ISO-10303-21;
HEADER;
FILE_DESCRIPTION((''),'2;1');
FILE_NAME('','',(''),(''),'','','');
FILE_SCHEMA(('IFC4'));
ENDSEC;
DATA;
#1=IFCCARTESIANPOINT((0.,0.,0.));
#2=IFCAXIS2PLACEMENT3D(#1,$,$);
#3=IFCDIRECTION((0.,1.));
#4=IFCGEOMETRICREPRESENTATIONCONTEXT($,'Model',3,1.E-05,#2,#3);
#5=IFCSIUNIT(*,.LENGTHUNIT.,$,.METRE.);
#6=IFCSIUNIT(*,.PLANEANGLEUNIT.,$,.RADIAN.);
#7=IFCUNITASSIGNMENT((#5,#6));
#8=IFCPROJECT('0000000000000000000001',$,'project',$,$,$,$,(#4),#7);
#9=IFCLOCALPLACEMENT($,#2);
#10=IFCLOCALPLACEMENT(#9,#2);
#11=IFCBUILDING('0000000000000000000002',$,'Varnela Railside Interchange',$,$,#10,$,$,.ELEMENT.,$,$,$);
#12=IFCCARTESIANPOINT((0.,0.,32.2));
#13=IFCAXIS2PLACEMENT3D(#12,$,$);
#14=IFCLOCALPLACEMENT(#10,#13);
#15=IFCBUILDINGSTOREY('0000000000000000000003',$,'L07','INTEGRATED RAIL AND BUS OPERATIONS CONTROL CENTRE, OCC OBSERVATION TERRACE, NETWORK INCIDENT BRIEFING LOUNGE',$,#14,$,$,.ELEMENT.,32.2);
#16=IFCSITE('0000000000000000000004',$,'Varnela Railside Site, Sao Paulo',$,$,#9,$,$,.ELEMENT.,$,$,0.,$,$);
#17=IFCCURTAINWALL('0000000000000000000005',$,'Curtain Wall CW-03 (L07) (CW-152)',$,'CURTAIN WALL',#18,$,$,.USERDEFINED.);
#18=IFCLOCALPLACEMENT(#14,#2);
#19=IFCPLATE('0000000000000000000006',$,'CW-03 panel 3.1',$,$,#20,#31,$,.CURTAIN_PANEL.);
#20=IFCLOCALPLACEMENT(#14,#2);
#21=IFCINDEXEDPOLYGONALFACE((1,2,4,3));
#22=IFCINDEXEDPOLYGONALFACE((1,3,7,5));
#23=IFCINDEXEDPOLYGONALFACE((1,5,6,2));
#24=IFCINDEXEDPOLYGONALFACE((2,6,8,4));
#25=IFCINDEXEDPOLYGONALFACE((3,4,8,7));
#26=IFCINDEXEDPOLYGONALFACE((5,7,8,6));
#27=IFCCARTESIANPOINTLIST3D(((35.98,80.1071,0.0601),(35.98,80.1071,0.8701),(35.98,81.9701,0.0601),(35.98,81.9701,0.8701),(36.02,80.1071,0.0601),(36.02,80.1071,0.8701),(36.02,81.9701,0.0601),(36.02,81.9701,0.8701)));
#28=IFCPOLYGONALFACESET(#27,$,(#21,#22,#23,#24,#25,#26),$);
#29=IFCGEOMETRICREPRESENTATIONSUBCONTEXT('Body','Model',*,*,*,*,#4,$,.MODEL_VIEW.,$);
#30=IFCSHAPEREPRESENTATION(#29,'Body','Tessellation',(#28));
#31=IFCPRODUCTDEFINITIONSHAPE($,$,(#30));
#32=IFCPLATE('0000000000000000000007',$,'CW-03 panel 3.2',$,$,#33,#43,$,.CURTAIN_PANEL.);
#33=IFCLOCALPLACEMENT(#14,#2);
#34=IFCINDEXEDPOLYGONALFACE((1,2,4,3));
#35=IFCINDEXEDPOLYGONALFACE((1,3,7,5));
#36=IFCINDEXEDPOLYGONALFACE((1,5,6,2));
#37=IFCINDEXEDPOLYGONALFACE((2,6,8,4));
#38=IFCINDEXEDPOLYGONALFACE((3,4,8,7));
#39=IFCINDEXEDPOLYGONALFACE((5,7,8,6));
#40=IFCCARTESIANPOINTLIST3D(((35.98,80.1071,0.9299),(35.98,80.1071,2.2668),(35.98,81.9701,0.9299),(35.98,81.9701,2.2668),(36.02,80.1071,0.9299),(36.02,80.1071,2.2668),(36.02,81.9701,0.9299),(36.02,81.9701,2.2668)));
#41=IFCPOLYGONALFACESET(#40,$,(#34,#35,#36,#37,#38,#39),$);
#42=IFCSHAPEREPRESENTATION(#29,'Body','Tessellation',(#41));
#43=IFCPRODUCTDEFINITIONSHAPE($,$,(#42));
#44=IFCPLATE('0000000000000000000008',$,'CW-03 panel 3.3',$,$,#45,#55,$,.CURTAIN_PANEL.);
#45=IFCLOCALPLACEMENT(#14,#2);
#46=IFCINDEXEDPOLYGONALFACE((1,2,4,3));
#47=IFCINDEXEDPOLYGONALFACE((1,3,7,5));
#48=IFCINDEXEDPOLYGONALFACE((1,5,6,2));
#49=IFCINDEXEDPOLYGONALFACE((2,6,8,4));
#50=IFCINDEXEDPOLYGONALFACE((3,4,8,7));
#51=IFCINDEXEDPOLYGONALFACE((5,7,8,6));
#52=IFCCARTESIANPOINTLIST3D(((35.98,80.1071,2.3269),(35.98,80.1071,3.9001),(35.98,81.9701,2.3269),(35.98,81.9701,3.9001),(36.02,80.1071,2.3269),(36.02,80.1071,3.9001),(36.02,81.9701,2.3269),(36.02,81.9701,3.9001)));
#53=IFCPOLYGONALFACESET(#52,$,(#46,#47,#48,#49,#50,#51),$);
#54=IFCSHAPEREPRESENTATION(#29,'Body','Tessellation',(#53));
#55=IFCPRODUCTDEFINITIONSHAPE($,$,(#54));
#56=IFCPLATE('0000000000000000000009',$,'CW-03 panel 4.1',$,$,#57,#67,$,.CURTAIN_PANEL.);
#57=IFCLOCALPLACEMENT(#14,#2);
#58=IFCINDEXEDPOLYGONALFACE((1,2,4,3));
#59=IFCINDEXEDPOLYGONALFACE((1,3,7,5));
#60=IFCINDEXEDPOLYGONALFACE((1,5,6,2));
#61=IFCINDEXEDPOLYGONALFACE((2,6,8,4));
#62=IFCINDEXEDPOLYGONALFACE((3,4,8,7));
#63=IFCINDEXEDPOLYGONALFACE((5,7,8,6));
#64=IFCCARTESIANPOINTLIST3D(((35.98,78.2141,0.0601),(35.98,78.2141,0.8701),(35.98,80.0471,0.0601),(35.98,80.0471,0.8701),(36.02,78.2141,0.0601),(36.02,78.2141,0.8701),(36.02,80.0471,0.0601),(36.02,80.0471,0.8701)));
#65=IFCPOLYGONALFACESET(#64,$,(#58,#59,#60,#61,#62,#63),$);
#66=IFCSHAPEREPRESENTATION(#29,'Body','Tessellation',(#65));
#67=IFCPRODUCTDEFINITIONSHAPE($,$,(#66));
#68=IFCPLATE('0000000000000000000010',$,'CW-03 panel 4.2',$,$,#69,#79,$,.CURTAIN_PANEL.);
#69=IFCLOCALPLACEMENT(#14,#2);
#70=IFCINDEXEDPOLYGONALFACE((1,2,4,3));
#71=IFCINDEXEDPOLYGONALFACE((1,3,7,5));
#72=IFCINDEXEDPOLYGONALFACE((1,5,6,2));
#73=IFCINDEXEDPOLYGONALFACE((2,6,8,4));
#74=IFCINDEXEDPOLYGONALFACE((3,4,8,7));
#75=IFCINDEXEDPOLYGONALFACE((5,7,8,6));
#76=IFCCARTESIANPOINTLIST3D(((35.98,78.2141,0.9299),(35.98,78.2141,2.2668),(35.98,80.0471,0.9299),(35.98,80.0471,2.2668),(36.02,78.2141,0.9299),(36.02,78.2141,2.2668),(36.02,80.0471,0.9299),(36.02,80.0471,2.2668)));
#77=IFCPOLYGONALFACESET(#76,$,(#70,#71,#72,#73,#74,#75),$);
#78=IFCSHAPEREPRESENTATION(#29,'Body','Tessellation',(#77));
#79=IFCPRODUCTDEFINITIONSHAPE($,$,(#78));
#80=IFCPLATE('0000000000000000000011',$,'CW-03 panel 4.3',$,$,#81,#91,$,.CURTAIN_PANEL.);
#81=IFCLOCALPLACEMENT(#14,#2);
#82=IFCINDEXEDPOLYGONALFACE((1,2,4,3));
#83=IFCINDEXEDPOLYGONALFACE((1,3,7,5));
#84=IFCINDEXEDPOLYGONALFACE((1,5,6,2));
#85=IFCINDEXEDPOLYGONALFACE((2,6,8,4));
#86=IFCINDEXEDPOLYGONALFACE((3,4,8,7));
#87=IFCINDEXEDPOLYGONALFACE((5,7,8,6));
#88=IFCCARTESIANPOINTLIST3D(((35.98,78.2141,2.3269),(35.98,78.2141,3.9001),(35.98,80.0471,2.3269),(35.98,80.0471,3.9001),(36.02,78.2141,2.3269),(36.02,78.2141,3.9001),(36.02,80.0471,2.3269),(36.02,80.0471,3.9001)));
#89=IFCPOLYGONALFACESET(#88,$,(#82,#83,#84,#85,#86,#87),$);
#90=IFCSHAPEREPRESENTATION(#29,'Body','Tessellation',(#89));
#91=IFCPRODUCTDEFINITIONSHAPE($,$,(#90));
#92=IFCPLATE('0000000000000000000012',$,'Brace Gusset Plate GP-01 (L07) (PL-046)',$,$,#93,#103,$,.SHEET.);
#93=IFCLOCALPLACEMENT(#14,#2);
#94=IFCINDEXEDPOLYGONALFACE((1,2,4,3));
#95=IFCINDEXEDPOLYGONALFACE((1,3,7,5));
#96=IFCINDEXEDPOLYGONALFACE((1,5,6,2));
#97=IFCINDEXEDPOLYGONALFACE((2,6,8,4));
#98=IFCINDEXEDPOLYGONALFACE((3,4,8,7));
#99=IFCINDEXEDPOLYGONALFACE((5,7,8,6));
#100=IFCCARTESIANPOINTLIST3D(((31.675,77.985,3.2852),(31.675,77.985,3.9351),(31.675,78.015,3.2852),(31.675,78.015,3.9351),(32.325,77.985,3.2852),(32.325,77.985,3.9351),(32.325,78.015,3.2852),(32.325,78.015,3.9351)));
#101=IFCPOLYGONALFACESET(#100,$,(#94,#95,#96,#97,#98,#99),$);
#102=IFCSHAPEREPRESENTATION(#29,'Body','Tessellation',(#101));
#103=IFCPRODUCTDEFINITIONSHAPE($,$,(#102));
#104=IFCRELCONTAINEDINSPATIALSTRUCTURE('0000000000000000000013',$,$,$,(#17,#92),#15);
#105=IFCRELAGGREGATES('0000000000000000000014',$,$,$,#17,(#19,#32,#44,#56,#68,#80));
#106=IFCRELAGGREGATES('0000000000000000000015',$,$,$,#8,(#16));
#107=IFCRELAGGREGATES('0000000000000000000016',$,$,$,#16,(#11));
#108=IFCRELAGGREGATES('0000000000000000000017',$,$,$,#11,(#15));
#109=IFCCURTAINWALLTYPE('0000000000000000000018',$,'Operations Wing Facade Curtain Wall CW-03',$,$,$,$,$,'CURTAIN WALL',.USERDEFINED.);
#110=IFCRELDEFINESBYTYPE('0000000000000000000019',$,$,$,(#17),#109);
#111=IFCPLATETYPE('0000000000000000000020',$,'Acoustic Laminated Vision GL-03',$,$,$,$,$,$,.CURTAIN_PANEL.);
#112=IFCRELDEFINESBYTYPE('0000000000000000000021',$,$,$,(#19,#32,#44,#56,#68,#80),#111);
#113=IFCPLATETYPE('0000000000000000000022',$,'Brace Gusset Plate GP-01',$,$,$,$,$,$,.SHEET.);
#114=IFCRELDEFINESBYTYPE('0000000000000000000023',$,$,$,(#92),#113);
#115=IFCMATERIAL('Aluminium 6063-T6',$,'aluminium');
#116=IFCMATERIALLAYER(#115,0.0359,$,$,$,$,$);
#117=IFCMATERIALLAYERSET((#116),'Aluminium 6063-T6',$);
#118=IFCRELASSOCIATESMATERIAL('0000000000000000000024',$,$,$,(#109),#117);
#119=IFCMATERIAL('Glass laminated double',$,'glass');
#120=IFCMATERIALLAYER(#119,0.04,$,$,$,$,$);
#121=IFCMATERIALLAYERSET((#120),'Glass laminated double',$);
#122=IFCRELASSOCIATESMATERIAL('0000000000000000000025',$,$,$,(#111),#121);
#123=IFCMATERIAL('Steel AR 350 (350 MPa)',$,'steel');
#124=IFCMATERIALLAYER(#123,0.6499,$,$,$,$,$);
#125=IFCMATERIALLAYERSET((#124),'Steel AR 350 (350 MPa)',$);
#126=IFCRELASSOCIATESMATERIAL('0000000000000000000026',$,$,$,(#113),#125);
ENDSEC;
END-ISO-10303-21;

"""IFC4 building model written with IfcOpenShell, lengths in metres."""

from ifc_helpers import new_model, si_unit, direction, frame, origin, origin_2d, place, context, subcontext, project, spatial, rectangle, extrude, material, layer, layer_set, type_object, element, aggregate, save


model = new_model("IFC4")

# Units and contexts
model_context = context("Model", 3, precision=1e-05, world=origin(), true_north=direction((0.0, 1.0)))
body_context = subcontext(model_context, "Body", "Model", "MODEL_VIEW")
ifc_project = project(units=[si_unit("LENGTHUNIT", "METRE"), si_unit("PLANEANGLEUNIT", "RADIAN")], contexts=[model_context])

# Site, building, storey
site_placement = place(None, origin())
site = spatial("IfcSite", under=ifc_project, at=site_placement, Name="Varnela Railside Site, Sao Paulo", CompositionType="ELEMENT", RefElevation=0.0)
building_placement = place(site_placement, origin())
building = spatial("IfcBuilding", under=site, at=building_placement, Name="Varnela Railside Interchange", CompositionType="ELEMENT")
storey_placement = place(building_placement, frame((0.0, 0.0, 32.2)))
storey = spatial("IfcBuildingStorey", under=building, at=storey_placement, Name="L07", Description="INTEGRATED RAIL AND BUS OPERATIONS CONTROL CENTRE, OCC OBSERVATION TERRACE, NETWORK INCIDENT BRIEFING LOUNGE", CompositionType="ELEMENT", Elevation=32.2)

# Curtain wall
ifc_material_1 = material(Name="Aluminium 6063-T6", Category="aluminium")
ifc_layer_1 = layer(ifc_material_1, 0.0359)
ifc_layer_set_1 = layer_set([ifc_layer_1], Name="Aluminium 6063-T6")
curtain_wall_type = type_object("IfcCurtainWallType", Name="Operations Wing Facade Curtain Wall CW-03", ElementType="CURTAIN WALL", PredefinedType="USERDEFINED", material=ifc_layer_set_1)
curtain_wall_placement = place(storey_placement, origin())
curtain_wall = element("IfcCurtainWall", 1, at=curtain_wall_placement, inside=storey, type_object=curtain_wall_type, Name="Curtain Wall CW-03 (L07) (CW-152)", ObjectType="CURTAIN WALL", PredefinedType="USERDEFINED")

# Shared definitions
ifc_material_2 = material(Name="Steel AR 350 (350 MPa)", Category="steel")

# Plates
ifc_material_3 = material(Name="Glass laminated double", Category="glass")
ifc_layer_2 = layer(ifc_material_3, 0.04)
ifc_layer_set_2 = layer_set([ifc_layer_2], Name="Glass laminated double")
plate_type_1 = type_object("IfcPlateType", Name="Acoustic Laminated Vision GL-03", PredefinedType="CURTAIN_PANEL", material=ifc_layer_set_2)
plate_1_placement = place(storey_placement, frame((36.0, 81.0386, 0.0601), z_axis=(0.0, 0.0, 1.0), x_axis=(0.0, -1.0, 0.0)))
plate_1 = element("IfcPlate", 2, at=plate_1_placement, type_object=plate_type_1, Name="CW-03 panel 3.1", PredefinedType="CURTAIN_PANEL", context=body_context, shape_type="SweptSolid", body=[
    extrude(rectangle(XDim=1.863, YDim=0.04, at=origin_2d()), origin(), (0.0, 0.0, 1.0), 0.8101),
])
plate_2_placement = place(storey_placement, frame((36.0, 81.0386, 0.9299), z_axis=(0.0, 0.0, 1.0), x_axis=(0.0, -1.0, 0.0)))
plate_2 = element("IfcPlate", 3, at=plate_2_placement, type_object=plate_type_1, Name="CW-03 panel 3.2", PredefinedType="CURTAIN_PANEL", context=body_context, shape_type="SweptSolid", body=[
    extrude(rectangle(XDim=1.863, YDim=0.04, at=origin_2d()), origin(), (0.0, 0.0, 1.0), 1.3369),
])
plate_3_placement = place(storey_placement, frame((36.0, 81.0386, 2.3269), z_axis=(0.0, 0.0, 1.0), x_axis=(0.0, -1.0, 0.0)))
plate_3 = element("IfcPlate", 4, at=plate_3_placement, type_object=plate_type_1, Name="CW-03 panel 3.3", PredefinedType="CURTAIN_PANEL", context=body_context, shape_type="SweptSolid", body=[
    extrude(rectangle(XDim=1.863, YDim=0.04, at=origin_2d()), origin(), (0.0, 0.0, 1.0), 1.5732),
])
plate_4_placement = place(storey_placement, frame((36.0, 79.1306, 0.0601), z_axis=(0.0, 0.0, 1.0), x_axis=(0.0, -1.0, 0.0)))
plate_4 = element("IfcPlate", 5, at=plate_4_placement, type_object=plate_type_1, Name="CW-03 panel 4.1", PredefinedType="CURTAIN_PANEL", context=body_context, shape_type="SweptSolid", body=[
    extrude(rectangle(XDim=1.833, YDim=0.04, at=origin_2d()), origin(), (0.0, 0.0, 1.0), 0.8101),
])
plate_5_placement = place(storey_placement, frame((36.0, 79.1306, 0.9299), z_axis=(0.0, 0.0, 1.0), x_axis=(0.0, -1.0, 0.0)))
plate_5 = element("IfcPlate", 6, at=plate_5_placement, type_object=plate_type_1, Name="CW-03 panel 4.2", PredefinedType="CURTAIN_PANEL", context=body_context, shape_type="SweptSolid", body=[
    extrude(rectangle(XDim=1.833, YDim=0.04, at=origin_2d()), origin(), (0.0, 0.0, 1.0), 1.3369),
])
plate_6_placement = place(storey_placement, frame((36.0, 79.1306, 2.3269), z_axis=(0.0, 0.0, 1.0), x_axis=(0.0, -1.0, 0.0)))
plate_6 = element("IfcPlate", 7, at=plate_6_placement, type_object=plate_type_1, Name="CW-03 panel 4.3", PredefinedType="CURTAIN_PANEL", context=body_context, shape_type="SweptSolid", body=[
    extrude(rectangle(XDim=1.833, YDim=0.04, at=origin_2d()), origin(), (0.0, 0.0, 1.0), 1.5732),
])
aggregate(curtain_wall, [plate_1, plate_2, plate_3, plate_4, plate_5, plate_6])
ifc_layer_3 = layer(ifc_material_2, 0.6499)
ifc_layer_set_3 = layer_set([ifc_layer_3], Name="Steel AR 350 (350 MPa)")
plate_type_2 = type_object("IfcPlateType", Name="Brace Gusset Plate GP-01", PredefinedType="SHEET", material=ifc_layer_set_3)
plate_7_placement = place(storey_placement, frame((32.0, 78.0, 3.2852), z_axis=(0.0, 0.0, 1.0), x_axis=(1.0, 0.0, 0.0)))
element("IfcPlate", 8, at=plate_7_placement, inside=storey, type_object=plate_type_2, Name="Brace Gusset Plate GP-01 (L07) (PL-046)", PredefinedType="SHEET", context=body_context, shape_type="SweptSolid", body=[
    extrude(rectangle(XDim=0.6499, YDim=0.03, at=origin_2d()), origin(), (0.0, 0.0, 1.0), 0.6499),
])

save(model, "model.ifc")
